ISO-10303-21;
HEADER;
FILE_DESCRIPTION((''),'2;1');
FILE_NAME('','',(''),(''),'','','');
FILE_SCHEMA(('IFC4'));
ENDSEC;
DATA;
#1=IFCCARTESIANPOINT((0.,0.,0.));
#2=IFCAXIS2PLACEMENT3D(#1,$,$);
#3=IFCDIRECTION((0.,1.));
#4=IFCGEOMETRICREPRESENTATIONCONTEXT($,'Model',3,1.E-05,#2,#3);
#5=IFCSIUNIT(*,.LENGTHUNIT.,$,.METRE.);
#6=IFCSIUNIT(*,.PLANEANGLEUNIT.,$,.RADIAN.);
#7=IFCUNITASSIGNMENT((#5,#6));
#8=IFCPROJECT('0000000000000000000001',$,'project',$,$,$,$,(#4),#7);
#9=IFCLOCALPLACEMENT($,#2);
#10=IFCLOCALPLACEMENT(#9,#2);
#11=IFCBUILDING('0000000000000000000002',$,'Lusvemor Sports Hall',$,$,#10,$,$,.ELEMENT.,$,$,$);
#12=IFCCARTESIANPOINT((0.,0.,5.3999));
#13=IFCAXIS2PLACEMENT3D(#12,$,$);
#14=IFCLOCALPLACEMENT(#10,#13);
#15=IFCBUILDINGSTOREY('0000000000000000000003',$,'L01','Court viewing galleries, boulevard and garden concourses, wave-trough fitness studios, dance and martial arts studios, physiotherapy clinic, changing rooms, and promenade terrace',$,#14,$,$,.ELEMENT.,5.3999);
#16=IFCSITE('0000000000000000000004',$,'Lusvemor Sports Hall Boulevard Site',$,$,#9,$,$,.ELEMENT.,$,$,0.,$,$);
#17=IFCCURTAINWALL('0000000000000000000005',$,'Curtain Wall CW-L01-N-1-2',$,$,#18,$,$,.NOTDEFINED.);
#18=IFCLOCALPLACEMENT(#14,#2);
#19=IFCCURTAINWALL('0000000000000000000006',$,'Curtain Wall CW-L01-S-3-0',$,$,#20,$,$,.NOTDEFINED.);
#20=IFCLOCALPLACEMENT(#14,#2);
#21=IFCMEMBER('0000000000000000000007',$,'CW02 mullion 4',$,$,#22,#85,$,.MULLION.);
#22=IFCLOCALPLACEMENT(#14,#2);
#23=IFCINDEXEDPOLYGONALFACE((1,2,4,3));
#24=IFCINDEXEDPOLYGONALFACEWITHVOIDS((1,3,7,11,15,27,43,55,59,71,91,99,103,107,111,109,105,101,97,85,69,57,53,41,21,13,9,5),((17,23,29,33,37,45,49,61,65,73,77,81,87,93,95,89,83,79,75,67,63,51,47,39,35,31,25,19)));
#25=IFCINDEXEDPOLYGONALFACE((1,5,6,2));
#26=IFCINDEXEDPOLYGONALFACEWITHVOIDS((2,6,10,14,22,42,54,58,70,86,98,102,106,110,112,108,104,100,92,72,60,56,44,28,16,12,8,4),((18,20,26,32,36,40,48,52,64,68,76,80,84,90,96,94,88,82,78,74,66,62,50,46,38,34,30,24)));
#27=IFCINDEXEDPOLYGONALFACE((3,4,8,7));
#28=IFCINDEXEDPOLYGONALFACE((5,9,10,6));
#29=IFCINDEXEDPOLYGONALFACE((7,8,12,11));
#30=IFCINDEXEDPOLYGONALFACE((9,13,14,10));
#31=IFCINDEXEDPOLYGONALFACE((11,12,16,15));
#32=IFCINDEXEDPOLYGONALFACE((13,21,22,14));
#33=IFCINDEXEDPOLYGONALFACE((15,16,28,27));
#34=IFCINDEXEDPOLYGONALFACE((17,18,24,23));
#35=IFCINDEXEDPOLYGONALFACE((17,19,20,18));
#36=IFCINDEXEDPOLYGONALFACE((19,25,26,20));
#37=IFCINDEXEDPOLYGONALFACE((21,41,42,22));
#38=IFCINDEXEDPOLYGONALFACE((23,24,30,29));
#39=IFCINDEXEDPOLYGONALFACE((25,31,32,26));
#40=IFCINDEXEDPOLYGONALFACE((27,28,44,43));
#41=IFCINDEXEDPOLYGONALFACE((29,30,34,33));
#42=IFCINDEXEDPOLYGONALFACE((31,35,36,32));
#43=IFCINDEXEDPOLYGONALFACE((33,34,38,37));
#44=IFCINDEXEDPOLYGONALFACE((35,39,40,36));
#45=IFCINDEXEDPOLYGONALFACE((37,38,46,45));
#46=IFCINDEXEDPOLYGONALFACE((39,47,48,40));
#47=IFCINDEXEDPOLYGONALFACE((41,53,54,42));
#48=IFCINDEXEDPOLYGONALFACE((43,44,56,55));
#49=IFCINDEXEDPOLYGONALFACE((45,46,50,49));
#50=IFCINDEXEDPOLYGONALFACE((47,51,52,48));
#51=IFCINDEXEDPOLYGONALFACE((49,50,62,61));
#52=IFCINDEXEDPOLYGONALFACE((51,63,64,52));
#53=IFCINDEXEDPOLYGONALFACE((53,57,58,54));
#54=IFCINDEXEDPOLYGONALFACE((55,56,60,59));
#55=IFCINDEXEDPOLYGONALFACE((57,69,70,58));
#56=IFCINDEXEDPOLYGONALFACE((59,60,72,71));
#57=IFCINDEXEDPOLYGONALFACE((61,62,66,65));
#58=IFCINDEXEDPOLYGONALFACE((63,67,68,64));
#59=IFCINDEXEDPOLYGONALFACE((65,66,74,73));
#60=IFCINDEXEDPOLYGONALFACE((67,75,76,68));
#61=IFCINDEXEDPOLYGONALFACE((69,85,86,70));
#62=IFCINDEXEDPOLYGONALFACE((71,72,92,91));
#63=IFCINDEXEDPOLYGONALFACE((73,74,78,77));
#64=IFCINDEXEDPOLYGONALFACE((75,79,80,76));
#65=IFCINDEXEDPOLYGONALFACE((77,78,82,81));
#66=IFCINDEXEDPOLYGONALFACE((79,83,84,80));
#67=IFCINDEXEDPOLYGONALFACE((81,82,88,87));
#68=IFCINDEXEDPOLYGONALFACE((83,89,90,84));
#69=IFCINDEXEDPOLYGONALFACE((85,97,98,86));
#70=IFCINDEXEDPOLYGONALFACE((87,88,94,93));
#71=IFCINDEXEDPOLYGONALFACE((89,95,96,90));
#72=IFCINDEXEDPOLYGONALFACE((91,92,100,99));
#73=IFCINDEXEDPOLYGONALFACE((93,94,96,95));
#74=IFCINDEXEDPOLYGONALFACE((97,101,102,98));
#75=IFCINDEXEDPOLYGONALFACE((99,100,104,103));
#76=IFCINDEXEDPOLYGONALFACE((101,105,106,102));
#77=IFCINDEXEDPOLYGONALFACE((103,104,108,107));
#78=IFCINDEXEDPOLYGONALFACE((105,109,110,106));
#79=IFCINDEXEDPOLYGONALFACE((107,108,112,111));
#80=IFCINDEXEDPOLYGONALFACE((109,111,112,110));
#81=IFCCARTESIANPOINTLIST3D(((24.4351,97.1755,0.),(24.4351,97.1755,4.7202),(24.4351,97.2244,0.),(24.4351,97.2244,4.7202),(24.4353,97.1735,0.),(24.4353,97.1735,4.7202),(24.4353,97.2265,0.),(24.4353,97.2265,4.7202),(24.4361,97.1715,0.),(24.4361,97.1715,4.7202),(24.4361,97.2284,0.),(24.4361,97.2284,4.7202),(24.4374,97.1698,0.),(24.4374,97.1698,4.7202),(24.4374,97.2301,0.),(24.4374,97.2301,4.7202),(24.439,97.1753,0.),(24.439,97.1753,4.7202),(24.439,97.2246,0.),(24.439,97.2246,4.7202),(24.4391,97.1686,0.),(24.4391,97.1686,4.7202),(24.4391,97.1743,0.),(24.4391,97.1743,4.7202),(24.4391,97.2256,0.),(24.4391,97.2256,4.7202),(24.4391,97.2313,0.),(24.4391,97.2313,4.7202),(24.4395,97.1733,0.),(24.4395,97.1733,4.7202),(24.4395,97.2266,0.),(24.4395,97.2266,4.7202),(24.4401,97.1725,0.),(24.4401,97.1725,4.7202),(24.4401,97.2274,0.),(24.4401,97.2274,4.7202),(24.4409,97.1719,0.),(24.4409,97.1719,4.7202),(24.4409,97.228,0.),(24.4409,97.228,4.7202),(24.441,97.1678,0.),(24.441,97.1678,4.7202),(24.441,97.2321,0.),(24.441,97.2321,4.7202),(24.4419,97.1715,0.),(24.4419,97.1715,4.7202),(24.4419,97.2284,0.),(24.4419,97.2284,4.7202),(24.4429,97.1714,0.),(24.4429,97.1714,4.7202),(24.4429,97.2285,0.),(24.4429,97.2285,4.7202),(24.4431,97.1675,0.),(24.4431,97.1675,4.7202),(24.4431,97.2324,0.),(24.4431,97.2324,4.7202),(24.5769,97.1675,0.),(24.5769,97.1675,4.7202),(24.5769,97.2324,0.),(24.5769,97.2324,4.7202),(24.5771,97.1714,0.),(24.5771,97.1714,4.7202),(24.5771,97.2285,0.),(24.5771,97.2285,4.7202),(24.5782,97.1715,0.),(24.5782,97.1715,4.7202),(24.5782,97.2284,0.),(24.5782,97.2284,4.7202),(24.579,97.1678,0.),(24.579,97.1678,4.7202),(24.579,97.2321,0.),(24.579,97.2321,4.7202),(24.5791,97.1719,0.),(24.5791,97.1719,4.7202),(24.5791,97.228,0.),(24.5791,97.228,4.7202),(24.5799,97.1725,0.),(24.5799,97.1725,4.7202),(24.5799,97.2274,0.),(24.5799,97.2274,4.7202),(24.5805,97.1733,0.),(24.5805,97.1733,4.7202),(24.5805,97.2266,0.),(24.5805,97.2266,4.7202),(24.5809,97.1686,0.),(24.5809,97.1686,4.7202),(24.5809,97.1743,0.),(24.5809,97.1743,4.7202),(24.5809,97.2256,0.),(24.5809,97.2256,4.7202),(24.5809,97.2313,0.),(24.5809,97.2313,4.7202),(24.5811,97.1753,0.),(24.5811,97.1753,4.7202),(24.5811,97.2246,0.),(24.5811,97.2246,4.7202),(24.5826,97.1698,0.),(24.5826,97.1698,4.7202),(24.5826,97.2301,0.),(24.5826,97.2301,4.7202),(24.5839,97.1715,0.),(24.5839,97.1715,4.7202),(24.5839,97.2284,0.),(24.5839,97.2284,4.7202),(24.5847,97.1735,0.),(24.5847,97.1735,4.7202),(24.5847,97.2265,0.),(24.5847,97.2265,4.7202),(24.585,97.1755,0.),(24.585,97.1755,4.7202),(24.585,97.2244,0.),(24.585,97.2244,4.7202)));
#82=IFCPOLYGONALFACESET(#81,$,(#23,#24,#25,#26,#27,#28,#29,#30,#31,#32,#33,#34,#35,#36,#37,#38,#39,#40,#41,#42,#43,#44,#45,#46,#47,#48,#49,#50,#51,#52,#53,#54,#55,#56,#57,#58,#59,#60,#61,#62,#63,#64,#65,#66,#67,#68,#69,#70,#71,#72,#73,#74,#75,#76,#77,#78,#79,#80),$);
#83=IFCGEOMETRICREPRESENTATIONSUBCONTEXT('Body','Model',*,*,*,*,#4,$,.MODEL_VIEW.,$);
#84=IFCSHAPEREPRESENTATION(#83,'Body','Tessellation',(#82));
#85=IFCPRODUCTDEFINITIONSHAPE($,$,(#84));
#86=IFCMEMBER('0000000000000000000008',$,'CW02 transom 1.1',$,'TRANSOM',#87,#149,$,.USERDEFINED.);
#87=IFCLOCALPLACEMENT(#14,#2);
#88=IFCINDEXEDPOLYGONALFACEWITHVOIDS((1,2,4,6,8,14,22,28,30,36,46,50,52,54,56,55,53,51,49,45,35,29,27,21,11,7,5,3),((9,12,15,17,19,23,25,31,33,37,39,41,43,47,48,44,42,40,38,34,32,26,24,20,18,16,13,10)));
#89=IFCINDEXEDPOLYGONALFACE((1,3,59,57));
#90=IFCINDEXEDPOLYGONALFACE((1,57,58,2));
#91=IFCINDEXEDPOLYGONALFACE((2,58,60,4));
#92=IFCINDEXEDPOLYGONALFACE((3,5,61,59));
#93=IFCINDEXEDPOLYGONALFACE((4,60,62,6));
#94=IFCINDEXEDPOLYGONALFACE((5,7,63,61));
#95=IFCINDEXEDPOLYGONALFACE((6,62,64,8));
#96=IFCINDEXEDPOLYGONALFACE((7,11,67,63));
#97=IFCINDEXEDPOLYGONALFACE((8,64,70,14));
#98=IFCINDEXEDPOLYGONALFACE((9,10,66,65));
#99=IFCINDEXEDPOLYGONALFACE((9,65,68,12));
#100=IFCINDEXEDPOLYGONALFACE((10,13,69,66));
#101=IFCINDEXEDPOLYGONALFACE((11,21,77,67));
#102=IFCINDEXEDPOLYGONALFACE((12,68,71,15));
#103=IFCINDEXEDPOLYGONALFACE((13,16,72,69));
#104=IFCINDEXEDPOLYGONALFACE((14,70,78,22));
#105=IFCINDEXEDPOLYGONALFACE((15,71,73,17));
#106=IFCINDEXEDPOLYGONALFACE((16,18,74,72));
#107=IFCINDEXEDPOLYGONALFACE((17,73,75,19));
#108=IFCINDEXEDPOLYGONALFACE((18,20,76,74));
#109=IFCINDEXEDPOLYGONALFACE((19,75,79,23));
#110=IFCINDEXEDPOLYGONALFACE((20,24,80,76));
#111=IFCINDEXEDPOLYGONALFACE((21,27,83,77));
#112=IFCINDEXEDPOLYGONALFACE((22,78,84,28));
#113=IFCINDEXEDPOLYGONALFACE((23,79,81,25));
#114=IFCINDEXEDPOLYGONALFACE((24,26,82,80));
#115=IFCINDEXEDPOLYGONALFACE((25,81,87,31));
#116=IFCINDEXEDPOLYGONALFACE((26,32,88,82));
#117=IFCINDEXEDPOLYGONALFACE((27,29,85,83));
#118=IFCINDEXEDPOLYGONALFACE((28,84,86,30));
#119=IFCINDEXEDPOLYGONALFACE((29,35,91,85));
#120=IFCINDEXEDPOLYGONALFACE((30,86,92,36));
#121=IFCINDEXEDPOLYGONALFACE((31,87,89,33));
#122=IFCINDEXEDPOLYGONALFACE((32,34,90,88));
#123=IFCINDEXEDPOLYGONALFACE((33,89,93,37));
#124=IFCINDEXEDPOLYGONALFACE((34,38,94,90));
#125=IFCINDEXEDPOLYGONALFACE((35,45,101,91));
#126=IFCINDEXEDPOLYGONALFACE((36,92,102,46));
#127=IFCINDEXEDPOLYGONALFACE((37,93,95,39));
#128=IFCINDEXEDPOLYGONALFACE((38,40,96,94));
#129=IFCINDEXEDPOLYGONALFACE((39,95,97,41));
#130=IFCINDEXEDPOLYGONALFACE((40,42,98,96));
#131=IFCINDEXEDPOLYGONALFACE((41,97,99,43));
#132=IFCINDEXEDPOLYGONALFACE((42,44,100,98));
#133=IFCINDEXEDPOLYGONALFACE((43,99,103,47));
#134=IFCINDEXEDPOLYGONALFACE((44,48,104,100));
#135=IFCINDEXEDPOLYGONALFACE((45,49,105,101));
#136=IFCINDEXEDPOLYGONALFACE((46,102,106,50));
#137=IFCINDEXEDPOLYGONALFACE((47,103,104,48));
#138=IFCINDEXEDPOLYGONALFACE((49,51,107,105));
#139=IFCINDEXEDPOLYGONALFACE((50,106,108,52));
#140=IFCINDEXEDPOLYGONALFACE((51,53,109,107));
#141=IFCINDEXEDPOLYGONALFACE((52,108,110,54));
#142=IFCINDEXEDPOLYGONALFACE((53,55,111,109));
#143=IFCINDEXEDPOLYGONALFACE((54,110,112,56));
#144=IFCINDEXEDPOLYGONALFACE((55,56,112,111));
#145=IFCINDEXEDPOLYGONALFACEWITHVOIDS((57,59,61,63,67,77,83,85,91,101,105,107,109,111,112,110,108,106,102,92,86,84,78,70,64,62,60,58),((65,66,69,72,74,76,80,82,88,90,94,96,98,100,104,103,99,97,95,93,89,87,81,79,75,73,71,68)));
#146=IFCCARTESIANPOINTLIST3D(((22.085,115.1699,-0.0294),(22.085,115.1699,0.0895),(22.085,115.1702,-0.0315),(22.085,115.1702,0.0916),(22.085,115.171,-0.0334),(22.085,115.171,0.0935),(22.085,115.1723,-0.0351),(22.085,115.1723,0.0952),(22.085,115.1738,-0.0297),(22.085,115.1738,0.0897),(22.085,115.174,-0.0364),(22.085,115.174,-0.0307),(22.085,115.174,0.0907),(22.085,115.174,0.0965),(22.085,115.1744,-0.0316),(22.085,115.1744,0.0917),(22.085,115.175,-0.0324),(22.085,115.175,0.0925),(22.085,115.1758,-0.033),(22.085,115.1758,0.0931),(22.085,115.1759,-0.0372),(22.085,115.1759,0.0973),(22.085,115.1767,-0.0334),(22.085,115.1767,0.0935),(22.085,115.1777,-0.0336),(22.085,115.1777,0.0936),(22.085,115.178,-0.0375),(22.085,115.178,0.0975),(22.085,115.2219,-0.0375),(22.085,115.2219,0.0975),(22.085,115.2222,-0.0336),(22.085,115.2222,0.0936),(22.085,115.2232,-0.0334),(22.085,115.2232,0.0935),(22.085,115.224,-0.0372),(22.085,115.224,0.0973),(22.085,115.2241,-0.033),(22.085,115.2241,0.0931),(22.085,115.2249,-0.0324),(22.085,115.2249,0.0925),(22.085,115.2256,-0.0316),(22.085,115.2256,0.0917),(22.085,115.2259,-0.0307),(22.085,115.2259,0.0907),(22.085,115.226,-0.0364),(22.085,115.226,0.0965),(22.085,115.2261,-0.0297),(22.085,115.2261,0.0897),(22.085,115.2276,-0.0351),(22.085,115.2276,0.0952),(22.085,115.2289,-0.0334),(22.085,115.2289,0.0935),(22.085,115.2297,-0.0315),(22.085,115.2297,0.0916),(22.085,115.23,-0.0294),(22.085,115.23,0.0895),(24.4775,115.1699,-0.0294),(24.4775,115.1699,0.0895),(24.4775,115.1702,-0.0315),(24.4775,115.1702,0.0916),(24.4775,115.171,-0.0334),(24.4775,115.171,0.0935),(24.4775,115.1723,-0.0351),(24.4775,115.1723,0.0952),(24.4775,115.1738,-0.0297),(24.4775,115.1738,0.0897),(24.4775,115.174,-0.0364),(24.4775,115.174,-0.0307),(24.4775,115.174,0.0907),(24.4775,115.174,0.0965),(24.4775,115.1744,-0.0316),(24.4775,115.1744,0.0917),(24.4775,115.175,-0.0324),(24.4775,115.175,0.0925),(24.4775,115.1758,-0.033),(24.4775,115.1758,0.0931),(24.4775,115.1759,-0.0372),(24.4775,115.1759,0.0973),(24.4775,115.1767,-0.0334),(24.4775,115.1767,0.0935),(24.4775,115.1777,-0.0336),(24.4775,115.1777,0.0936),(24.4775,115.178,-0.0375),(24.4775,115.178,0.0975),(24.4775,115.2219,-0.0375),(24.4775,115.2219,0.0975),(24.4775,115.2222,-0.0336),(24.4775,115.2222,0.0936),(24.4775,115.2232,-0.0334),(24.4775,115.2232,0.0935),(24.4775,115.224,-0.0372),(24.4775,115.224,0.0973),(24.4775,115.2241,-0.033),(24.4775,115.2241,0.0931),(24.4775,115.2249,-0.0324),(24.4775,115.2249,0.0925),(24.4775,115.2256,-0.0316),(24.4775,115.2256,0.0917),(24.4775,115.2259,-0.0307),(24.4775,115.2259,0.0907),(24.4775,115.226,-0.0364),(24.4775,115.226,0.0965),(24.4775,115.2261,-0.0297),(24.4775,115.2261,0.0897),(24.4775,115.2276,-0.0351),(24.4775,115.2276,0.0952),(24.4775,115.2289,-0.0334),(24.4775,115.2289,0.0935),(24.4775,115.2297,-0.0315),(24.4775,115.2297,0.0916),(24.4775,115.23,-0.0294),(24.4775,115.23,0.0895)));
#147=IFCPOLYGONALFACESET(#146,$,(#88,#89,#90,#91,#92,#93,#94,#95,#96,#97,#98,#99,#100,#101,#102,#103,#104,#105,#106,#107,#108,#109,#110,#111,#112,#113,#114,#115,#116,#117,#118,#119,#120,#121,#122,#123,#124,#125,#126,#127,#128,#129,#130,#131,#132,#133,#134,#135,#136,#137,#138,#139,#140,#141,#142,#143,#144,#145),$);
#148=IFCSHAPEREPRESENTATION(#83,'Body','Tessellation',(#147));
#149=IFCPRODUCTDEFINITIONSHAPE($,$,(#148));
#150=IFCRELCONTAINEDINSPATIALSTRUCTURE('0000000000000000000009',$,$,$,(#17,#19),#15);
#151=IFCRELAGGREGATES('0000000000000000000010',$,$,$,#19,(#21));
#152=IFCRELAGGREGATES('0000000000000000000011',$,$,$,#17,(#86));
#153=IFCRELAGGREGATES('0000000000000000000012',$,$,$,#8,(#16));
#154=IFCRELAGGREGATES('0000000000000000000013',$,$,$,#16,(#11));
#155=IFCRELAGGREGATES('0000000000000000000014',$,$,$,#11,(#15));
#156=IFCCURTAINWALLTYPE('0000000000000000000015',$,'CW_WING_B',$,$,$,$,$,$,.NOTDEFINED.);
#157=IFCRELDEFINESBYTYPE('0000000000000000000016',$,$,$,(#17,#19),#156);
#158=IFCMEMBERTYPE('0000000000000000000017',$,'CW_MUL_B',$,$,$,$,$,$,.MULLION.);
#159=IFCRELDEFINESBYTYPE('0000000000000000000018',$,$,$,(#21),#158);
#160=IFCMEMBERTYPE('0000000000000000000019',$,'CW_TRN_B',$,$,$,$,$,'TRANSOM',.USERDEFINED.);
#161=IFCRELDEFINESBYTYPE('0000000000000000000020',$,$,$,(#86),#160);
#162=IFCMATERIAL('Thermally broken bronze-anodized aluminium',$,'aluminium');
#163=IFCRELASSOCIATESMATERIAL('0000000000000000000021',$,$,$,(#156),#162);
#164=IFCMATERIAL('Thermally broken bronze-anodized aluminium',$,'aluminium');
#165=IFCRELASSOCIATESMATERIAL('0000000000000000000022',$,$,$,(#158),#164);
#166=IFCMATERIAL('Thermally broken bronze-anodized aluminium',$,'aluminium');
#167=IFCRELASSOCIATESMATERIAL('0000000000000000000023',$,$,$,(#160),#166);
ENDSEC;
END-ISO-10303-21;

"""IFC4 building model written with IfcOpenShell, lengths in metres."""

from ifc_helpers import new_model, si_unit, direction, frame, origin, origin_2d, place, context, subcontext, project, spatial, hollow_rectangle, extrude, material, material_profile, profile_set, type_object, element, aggregate, save


model = new_model("IFC4")

# Units and contexts
model_context = context("Model", 3, precision=1e-05, world=origin(), true_north=direction((0.0, 1.0)))
body_context = subcontext(model_context, "Body", "Model", "MODEL_VIEW")
ifc_project = project(units=[si_unit("LENGTHUNIT", "METRE"), si_unit("PLANEANGLEUNIT", "RADIAN")], contexts=[model_context])

# Site, building, storey
site_placement = place(None, origin())
site = spatial("IfcSite", under=ifc_project, at=site_placement, Name="Lusvemor Sports Hall Boulevard Site", CompositionType="ELEMENT", RefElevation=0.0)
building_placement = place(site_placement, origin())
building = spatial("IfcBuilding", under=site, at=building_placement, Name="Lusvemor Sports Hall", CompositionType="ELEMENT")
storey_placement = place(building_placement, frame((0.0, 0.0, 5.3999)))
storey = spatial("IfcBuildingStorey", under=building, at=storey_placement, Name="L01", Description="Court viewing galleries, boulevard and garden concourses, wave-trough fitness studios, dance and martial arts studios, physiotherapy clinic, changing rooms, and promenade terrace", CompositionType="ELEMENT", Elevation=5.3999)

# Curtain walls, member
ifc_material_1 = material(Name="Thermally broken bronze-anodized aluminium", Category="aluminium")
curtain_wall_type = type_object("IfcCurtainWallType", Name="CW_WING_B", PredefinedType="NOTDEFINED", material=ifc_material_1)
curtain_wall_1_placement = place(storey_placement, origin())
curtain_wall_1 = element("IfcCurtainWall", 1, at=curtain_wall_1_placement, inside=storey, type_object=curtain_wall_type, Name="Curtain Wall CW-L01-N-1-2", PredefinedType="NOTDEFINED")
ifc_material_2 = material(Name="Thermally broken bronze-anodized aluminium", Category="aluminium")
ifc_material_profile_1 = material_profile(ifc_material_2, hollow_rectangle(XDim=0.0649, YDim=0.1499, WallThickness=0.0039, InnerFilletRadius=0.0039, OuterFilletRadius=0.0081, at=origin_2d()), Name="CWMUL150x65x4")
ifc_profile_set_1 = profile_set([ifc_material_profile_1], Name="Thermally broken bronze-anodized aluminium")
member_type_1 = type_object("IfcMemberType", Name="CW_MUL_B", PredefinedType="MULLION", material=ifc_profile_set_1)
curtain_wall_2_placement = place(storey_placement, origin())
curtain_wall_2 = element("IfcCurtainWall", 2, at=curtain_wall_2_placement, inside=storey, type_object=curtain_wall_type, Name="Curtain Wall CW-L01-S-3-0", PredefinedType="NOTDEFINED")
member_1_placement = place(storey_placement, frame((24.51, 97.2, 0.0), z_axis=(0.0, 0.0, 1.0), x_axis=(0.0, -1.0, 0.0)))
member_1 = element("IfcMember", 3, at=member_1_placement, type_object=member_type_1, Name="CW02 mullion 4", PredefinedType="MULLION", context=body_context, shape_type="SweptSolid", body=[
    extrude(hollow_rectangle(XDim=0.0649, YDim=0.1499, WallThickness=0.0039, InnerFilletRadius=0.0039, OuterFilletRadius=0.0081, at=origin_2d()), origin(), (0.0, 0.0, 1.0), 4.7202),
])

# Member
ifc_material_3 = material(Name="Thermally broken bronze-anodized aluminium", Category="aluminium")
ifc_material_profile_2 = material_profile(ifc_material_3, hollow_rectangle(XDim=0.0601, YDim=0.135, WallThickness=0.0039, InnerFilletRadius=0.0039, OuterFilletRadius=0.0081, at=origin_2d()), Name="CWTRN135x60x4")
ifc_profile_set_2 = profile_set([ifc_material_profile_2], Name="Thermally broken bronze-anodized aluminium")
member_type_2 = type_object("IfcMemberType", Name="CW_TRN_B", ElementType="TRANSOM", PredefinedType="USERDEFINED", material=ifc_profile_set_2)
member_2_placement = place(storey_placement, frame((22.085, 115.2, 0.03), z_axis=(1.0, 0.0, 0.0), x_axis=(0.0, 1.0, 0.0)))
member_2 = element("IfcMember", 4, at=member_2_placement, type_object=member_type_2, Name="CW02 transom 1.1", ObjectType="TRANSOM", PredefinedType="USERDEFINED", context=body_context, shape_type="SweptSolid", body=[
    extrude(hollow_rectangle(XDim=0.0601, YDim=0.135, WallThickness=0.0039, InnerFilletRadius=0.0039, OuterFilletRadius=0.0081, at=origin_2d()), origin(), (0.0, 0.0, 1.0), 2.3926),
])
aggregate(curtain_wall_2, [member_1])

aggregate(curtain_wall_1, [member_2])

save(model, "model.ifc")
